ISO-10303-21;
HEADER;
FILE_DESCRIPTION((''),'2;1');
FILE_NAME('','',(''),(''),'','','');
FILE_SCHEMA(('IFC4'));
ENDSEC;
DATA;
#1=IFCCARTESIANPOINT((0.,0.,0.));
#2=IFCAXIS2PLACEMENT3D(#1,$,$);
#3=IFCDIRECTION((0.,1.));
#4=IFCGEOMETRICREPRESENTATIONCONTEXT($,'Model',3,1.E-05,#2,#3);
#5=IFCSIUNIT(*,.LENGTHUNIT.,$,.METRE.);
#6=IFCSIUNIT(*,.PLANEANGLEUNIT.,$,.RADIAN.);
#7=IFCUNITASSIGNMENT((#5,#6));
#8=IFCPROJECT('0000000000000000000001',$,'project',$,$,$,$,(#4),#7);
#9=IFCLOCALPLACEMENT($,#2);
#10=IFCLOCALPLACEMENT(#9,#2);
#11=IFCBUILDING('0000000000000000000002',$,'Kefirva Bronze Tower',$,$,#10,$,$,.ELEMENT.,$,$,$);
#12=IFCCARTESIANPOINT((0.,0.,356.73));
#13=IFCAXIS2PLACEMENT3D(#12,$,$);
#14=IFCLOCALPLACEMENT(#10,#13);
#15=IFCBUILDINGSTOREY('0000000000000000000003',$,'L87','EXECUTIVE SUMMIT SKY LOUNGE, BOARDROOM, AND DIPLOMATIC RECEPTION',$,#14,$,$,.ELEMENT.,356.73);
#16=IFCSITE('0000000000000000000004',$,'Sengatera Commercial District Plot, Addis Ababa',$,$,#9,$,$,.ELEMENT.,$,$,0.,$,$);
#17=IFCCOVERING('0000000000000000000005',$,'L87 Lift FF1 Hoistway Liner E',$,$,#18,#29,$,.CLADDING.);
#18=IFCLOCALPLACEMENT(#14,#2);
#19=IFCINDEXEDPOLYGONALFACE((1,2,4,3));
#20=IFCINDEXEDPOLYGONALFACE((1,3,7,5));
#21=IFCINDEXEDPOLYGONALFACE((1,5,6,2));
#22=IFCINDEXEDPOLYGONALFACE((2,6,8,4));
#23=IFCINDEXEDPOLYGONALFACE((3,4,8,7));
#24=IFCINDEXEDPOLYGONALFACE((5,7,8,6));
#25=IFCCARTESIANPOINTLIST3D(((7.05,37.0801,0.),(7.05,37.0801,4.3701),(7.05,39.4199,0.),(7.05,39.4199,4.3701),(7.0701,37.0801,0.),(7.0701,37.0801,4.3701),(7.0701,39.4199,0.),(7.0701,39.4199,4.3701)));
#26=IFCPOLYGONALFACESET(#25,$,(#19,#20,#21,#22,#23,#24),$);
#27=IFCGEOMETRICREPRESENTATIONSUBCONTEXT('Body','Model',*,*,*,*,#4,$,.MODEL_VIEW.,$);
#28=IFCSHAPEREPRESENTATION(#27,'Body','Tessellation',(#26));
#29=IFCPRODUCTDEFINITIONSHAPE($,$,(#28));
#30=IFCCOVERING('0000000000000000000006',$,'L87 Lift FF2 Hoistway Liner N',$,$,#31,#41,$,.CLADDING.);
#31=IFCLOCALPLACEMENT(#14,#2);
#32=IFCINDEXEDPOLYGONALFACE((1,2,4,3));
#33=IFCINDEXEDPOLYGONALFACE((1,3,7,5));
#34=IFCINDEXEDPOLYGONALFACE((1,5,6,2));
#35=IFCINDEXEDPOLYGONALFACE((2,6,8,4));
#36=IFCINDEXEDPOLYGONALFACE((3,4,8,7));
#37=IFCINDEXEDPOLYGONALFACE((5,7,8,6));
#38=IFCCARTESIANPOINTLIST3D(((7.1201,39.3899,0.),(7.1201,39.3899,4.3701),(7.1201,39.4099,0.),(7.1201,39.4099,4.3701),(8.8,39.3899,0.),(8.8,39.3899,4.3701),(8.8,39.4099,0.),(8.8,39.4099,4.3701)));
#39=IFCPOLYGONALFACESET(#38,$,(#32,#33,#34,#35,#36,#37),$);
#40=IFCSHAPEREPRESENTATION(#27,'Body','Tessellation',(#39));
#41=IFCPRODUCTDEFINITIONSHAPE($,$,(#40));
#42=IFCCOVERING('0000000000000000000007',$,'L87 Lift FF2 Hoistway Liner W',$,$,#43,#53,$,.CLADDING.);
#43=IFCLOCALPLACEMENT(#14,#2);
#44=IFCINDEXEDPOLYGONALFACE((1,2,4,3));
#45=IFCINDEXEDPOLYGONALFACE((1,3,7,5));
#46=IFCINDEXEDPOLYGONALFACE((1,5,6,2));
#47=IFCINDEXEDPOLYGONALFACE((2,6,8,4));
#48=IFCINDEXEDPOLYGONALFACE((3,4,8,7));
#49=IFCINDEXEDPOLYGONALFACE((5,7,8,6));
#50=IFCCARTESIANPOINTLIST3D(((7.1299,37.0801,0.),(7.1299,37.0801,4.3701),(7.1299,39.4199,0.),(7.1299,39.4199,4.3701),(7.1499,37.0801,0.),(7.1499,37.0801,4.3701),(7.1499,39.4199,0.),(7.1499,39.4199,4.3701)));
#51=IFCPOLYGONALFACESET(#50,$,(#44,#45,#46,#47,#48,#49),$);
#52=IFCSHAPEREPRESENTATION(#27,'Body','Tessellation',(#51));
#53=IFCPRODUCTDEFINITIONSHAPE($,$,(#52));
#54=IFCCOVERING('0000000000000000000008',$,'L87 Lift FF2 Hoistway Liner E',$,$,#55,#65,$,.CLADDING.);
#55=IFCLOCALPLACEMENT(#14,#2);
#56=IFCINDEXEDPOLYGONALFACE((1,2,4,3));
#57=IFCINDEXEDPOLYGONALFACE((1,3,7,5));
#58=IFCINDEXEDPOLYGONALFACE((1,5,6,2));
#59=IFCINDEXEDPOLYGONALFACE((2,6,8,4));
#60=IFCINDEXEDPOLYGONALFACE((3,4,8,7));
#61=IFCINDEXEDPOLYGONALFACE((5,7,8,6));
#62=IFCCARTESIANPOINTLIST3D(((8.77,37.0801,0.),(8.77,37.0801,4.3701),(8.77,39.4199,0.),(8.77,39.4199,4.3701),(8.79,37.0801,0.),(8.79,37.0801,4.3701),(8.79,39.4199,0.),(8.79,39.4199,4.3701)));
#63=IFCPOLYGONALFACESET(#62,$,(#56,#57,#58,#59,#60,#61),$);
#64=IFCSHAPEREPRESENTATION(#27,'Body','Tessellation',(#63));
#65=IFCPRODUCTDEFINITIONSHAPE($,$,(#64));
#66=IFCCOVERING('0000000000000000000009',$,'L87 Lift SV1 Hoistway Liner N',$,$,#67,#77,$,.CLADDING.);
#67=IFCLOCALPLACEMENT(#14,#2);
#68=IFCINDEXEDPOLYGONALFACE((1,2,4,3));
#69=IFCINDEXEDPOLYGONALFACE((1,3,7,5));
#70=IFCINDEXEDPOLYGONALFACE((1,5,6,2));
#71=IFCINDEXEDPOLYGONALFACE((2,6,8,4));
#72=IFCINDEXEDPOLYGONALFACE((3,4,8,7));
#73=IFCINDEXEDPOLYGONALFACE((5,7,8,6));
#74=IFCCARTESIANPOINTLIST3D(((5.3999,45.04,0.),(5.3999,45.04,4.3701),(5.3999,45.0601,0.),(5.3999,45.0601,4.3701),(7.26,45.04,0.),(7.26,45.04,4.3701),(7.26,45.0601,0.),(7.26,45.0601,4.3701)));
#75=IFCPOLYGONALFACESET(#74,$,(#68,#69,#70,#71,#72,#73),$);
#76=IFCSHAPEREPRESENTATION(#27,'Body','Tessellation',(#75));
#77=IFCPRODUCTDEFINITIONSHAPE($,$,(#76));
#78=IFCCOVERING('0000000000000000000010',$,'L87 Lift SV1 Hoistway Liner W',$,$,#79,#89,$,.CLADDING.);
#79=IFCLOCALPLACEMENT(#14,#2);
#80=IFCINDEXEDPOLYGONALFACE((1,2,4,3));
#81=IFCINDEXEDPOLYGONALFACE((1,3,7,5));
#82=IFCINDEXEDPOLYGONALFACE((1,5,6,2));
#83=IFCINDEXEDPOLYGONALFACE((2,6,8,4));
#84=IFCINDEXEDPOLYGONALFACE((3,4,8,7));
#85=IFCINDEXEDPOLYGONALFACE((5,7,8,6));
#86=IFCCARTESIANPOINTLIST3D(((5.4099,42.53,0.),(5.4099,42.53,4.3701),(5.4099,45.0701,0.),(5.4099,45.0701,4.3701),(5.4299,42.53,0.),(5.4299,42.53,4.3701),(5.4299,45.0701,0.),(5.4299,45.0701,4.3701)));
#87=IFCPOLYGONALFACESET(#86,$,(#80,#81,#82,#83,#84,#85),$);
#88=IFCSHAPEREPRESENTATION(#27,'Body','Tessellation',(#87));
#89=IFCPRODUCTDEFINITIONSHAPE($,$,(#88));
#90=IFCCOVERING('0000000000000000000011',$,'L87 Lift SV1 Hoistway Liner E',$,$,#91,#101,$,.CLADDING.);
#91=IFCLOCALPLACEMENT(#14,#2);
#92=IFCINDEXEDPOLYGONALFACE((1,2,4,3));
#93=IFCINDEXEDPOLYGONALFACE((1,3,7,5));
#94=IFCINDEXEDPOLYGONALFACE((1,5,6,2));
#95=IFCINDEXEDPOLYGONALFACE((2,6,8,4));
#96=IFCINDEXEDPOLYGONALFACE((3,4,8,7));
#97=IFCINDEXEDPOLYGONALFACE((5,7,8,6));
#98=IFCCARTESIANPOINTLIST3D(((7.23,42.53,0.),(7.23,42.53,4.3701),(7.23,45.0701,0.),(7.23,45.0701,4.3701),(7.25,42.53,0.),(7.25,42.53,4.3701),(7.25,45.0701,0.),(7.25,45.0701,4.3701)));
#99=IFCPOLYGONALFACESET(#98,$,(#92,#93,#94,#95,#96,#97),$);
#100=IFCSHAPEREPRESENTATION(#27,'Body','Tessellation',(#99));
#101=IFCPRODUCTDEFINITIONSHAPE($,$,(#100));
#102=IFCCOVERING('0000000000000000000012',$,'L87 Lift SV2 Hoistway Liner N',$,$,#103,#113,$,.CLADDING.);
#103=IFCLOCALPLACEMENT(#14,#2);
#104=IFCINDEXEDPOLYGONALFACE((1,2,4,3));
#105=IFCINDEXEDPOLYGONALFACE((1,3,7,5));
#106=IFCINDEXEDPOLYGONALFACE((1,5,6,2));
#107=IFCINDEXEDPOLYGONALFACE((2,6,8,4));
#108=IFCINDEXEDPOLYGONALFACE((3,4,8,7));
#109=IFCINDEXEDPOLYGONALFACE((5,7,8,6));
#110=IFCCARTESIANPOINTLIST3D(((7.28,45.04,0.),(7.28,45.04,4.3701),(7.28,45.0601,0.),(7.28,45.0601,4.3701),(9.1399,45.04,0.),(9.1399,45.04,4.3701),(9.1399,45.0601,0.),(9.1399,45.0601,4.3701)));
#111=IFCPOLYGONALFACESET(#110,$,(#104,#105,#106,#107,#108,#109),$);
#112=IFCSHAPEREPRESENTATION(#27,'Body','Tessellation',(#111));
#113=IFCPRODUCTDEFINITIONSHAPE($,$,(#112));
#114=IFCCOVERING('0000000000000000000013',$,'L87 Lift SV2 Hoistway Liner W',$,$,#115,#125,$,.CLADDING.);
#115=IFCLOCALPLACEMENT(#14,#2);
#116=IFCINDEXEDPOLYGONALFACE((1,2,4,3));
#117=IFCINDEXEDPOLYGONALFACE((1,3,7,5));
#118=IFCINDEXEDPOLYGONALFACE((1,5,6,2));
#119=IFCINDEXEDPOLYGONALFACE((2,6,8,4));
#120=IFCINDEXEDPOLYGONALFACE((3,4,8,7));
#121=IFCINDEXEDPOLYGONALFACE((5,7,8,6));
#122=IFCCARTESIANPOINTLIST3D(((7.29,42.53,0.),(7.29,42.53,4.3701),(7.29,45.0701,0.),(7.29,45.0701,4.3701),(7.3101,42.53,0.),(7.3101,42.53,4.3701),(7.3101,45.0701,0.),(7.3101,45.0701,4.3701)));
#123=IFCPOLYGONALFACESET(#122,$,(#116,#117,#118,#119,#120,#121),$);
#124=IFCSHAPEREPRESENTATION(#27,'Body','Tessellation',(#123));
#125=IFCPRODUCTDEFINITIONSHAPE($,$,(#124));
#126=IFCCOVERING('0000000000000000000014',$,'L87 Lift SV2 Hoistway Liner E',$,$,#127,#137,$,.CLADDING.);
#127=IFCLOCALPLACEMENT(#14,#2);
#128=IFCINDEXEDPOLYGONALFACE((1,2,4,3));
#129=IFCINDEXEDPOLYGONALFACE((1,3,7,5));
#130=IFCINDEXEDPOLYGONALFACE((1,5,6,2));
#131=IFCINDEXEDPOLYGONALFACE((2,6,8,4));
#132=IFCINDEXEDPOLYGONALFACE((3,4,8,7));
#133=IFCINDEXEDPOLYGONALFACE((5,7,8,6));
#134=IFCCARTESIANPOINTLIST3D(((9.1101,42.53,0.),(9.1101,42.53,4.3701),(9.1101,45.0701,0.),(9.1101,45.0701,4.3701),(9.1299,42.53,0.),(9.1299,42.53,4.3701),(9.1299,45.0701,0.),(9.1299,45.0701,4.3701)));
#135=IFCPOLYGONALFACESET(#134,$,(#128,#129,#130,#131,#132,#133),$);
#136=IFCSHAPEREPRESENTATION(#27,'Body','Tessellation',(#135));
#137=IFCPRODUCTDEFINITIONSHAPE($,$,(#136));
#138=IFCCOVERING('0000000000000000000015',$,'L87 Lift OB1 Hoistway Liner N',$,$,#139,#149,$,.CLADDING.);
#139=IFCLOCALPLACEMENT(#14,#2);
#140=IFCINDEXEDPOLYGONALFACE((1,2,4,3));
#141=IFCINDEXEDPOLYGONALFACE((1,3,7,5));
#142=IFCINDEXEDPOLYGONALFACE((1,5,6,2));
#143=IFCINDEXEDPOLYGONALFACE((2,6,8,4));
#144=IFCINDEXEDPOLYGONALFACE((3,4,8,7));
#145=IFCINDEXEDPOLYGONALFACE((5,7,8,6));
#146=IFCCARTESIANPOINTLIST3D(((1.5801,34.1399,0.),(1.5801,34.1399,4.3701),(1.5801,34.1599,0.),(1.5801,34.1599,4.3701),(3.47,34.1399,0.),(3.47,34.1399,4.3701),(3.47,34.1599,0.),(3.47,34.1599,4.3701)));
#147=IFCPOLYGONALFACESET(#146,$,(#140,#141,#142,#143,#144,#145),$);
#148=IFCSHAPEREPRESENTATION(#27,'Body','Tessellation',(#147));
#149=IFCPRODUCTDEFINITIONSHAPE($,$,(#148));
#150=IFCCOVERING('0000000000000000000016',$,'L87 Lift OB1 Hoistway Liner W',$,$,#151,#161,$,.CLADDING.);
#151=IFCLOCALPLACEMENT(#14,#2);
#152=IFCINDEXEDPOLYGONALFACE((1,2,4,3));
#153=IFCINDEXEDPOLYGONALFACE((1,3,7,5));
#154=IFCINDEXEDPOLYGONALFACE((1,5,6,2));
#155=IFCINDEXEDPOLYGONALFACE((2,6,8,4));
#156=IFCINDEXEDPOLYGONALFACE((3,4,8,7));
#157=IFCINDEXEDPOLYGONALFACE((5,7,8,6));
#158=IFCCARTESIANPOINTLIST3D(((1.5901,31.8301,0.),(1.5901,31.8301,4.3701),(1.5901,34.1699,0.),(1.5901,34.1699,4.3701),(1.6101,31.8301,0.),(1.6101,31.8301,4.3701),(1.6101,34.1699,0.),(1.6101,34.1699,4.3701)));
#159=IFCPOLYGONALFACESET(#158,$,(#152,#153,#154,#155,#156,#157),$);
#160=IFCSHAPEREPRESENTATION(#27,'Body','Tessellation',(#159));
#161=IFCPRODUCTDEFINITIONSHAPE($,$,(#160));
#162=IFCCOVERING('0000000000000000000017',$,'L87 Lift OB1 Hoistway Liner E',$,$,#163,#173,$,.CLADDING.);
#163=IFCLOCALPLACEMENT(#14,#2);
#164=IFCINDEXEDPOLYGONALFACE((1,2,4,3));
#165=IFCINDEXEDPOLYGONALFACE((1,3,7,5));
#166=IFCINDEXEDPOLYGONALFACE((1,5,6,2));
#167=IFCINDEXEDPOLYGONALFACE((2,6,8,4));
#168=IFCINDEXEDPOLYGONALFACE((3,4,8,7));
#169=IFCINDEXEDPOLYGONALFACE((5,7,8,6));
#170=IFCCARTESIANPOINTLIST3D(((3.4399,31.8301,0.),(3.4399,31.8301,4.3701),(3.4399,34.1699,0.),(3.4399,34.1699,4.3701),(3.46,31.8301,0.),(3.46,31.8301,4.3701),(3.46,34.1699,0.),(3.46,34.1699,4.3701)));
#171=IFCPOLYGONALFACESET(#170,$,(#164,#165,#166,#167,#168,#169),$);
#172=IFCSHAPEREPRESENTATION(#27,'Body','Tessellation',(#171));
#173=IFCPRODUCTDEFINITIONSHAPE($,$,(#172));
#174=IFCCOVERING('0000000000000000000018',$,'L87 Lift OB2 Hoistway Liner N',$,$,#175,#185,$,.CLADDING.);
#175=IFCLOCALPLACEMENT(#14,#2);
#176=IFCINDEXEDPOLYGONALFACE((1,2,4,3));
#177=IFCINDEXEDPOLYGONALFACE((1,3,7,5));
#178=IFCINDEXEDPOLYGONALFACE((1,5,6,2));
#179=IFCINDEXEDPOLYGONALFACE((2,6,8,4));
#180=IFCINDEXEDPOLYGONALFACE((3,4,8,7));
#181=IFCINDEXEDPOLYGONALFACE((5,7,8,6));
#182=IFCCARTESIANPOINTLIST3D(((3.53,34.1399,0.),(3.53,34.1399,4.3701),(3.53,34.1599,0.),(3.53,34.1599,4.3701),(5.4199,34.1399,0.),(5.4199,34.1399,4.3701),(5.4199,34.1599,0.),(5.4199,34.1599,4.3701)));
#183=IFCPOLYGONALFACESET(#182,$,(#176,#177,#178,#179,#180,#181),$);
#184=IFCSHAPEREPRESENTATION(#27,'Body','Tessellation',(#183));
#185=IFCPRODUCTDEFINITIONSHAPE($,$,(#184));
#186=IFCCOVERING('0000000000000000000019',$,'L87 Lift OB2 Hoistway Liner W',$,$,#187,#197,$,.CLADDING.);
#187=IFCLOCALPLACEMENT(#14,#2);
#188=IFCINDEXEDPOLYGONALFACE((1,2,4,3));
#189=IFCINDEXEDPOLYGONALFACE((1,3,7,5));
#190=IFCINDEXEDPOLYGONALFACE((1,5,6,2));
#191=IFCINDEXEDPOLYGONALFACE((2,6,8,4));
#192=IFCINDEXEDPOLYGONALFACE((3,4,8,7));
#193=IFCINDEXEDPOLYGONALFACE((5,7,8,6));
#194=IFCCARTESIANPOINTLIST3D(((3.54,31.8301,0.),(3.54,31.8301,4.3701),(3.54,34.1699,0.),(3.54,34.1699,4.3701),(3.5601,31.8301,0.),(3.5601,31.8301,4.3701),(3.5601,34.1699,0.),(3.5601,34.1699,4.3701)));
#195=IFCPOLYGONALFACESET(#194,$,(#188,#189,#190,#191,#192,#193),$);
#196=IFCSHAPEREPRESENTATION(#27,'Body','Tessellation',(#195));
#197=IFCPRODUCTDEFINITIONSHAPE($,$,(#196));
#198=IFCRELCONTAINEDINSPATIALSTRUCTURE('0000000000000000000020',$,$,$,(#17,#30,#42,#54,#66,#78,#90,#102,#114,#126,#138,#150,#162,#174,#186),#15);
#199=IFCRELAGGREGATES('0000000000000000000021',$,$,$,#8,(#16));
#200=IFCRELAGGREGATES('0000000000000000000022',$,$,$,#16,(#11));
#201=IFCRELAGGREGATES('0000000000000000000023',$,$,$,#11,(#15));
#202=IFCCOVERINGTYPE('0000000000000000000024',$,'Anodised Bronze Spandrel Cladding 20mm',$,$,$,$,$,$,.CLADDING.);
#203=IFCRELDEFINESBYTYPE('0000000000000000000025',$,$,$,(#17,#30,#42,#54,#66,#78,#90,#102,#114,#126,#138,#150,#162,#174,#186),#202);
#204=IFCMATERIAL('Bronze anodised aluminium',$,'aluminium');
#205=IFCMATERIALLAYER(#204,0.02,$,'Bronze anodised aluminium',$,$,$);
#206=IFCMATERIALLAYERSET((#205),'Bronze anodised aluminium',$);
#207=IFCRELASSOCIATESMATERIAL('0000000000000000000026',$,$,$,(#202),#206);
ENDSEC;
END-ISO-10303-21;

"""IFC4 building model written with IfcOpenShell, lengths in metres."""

from ifc_helpers import new_model, si_unit, direction, frame, origin, place, context, subcontext, project, spatial, polyline, outline, extrude, material, layer, layer_set, type_object, element, save


model = new_model("IFC4")

# Units and contexts
model_context = context("Model", 3, precision=1e-05, world=origin(), true_north=direction((0.0, 1.0)))
body_context = subcontext(model_context, "Body", "Model", "MODEL_VIEW")
ifc_project = project(units=[si_unit("LENGTHUNIT", "METRE"), si_unit("PLANEANGLEUNIT", "RADIAN")], contexts=[model_context])

# Site, building, storey
site_placement = place(None, origin())
site = spatial("IfcSite", under=ifc_project, at=site_placement, Name="Sengatera Commercial District Plot, Addis Ababa", CompositionType="ELEMENT", RefElevation=0.0)
building_placement = place(site_placement, origin())
building = spatial("IfcBuilding", under=site, at=building_placement, Name="Kefirva Bronze Tower", CompositionType="ELEMENT")
storey_placement = place(building_placement, frame((0.0, 0.0, 356.73)))
storey = spatial("IfcBuildingStorey", under=building, at=storey_placement, Name="L87", Description="EXECUTIVE SUMMIT SKY LOUNGE, BOARDROOM, AND DIPLOMATIC RECEPTION", CompositionType="ELEMENT", Elevation=356.73)

# Coverings
ifc_material_1 = material(Name="Bronze anodised aluminium", Category="aluminium")
ifc_layer_1 = layer(ifc_material_1, 0.02, Name="Bronze anodised aluminium")
ifc_layer_set_1 = layer_set([ifc_layer_1], Name="Bronze anodised aluminium")
covering_type_1 = type_object("IfcCoveringType", Name="Anodised Bronze Spandrel Cladding 20mm", PredefinedType="CLADDING", material=ifc_layer_set_1)
covering_1_placement = place(storey_placement, origin())
element("IfcCovering", 1, at=covering_1_placement, inside=storey, type_object=covering_type_1, Name="L87 Lift FF1 Hoistway Liner E", PredefinedType="CLADDING", context=body_context, shape_type="SweptSolid", body=[
    extrude(outline(polyline([(7.05, 37.0801), (7.0701, 37.0801), (7.0701, 39.4199), (7.05, 39.4199), (7.05, 37.0801)])), origin(), (0.0, 0.0, 1.0), 4.3701),
])
covering_2_placement = place(storey_placement, origin())
element("IfcCovering", 2, at=covering_2_placement, inside=storey, type_object=covering_type_1, Name="L87 Lift FF2 Hoistway Liner N", PredefinedType="CLADDING", context=body_context, shape_type="SweptSolid", body=[
    extrude(outline(polyline([(7.1201, 39.3899), (8.8, 39.3899), (8.8, 39.4099), (7.1201, 39.4099), (7.1201, 39.3899)])), origin(), (0.0, 0.0, 1.0), 4.3701),
])
covering_3_placement = place(storey_placement, origin())
element("IfcCovering", 3, at=covering_3_placement, inside=storey, type_object=covering_type_1, Name="L87 Lift FF2 Hoistway Liner W", PredefinedType="CLADDING", context=body_context, shape_type="SweptSolid", body=[
    extrude(outline(polyline([(7.1299, 37.0801), (7.1499, 37.0801), (7.1499, 39.4199), (7.1299, 39.4199), (7.1299, 37.0801)])), origin(), (0.0, 0.0, 1.0), 4.3701),
])
covering_4_placement = place(storey_placement, origin())
element("IfcCovering", 4, at=covering_4_placement, inside=storey, type_object=covering_type_1, Name="L87 Lift FF2 Hoistway Liner E", PredefinedType="CLADDING", context=body_context, shape_type="SweptSolid", body=[
    extrude(outline(polyline([(8.77, 37.0801), (8.79, 37.0801), (8.79, 39.4199), (8.77, 39.4199), (8.77, 37.0801)])), origin(), (0.0, 0.0, 1.0), 4.3701),
])
covering_5_placement = place(storey_placement, origin())
element("IfcCovering", 5, at=covering_5_placement, inside=storey, type_object=covering_type_1, Name="L87 Lift SV1 Hoistway Liner N", PredefinedType="CLADDING", context=body_context, shape_type="SweptSolid", body=[
    extrude(outline(polyline([(5.3999, 45.04), (7.26, 45.04), (7.26, 45.0601), (5.3999, 45.0601), (5.3999, 45.04)])), origin(), (0.0, 0.0, 1.0), 4.3701),
])
covering_6_placement = place(storey_placement, origin())
element("IfcCovering", 6, at=covering_6_placement, inside=storey, type_object=covering_type_1, Name="L87 Lift SV1 Hoistway Liner W", PredefinedType="CLADDING", context=body_context, shape_type="SweptSolid", body=[
    extrude(outline(polyline([(5.4099, 42.53), (5.4299, 42.53), (5.4299, 45.0701), (5.4099, 45.0701), (5.4099, 42.53)])), origin(), (0.0, 0.0, 1.0), 4.3701),
])
covering_7_placement = place(storey_placement, origin())
element("IfcCovering", 7, at=covering_7_placement, inside=storey, type_object=covering_type_1, Name="L87 Lift SV1 Hoistway Liner E", PredefinedType="CLADDING", context=body_context, shape_type="SweptSolid", body=[
    extrude(outline(polyline([(7.23, 42.53), (7.25, 42.53), (7.25, 45.0701), (7.23, 45.0701), (7.23, 42.53)])), origin(), (0.0, 0.0, 1.0), 4.3701),
])
covering_8_placement = place(storey_placement, origin())
element("IfcCovering", 8, at=covering_8_placement, inside=storey, type_object=covering_type_1, Name="L87 Lift SV2 Hoistway Liner N", PredefinedType="CLADDING", context=body_context, shape_type="SweptSolid", body=[
    extrude(outline(polyline([(7.28, 45.04), (9.1399, 45.04), (9.1399, 45.0601), (7.28, 45.0601), (7.28, 45.04)])), origin(), (0.0, 0.0, 1.0), 4.3701),
])
covering_9_placement = place(storey_placement, origin())
element("IfcCovering", 9, at=covering_9_placement, inside=storey, type_object=covering_type_1, Name="L87 Lift SV2 Hoistway Liner W", PredefinedType="CLADDING", context=body_context, shape_type="SweptSolid", body=[
    extrude(outline(polyline([(7.29, 42.53), (7.3101, 42.53), (7.3101, 45.0701), (7.29, 45.0701), (7.29, 42.53)])), origin(), (0.0, 0.0, 1.0), 4.3701),
])
covering_10_placement = place(storey_placement, origin())
element("IfcCovering", 10, at=covering_10_placement, inside=storey, type_object=covering_type_1, Name="L87 Lift SV2 Hoistway Liner E", PredefinedType="CLADDING", context=body_context, shape_type="SweptSolid", body=[
    extrude(outline(polyline([(9.1101, 42.53), (9.1299, 42.53), (9.1299, 45.0701), (9.1101, 45.0701), (9.1101, 42.53)])), origin(), (0.0, 0.0, 1.0), 4.3701),
])
covering_11_placement = place(storey_placement, origin())
element("IfcCovering", 11, at=covering_11_placement, inside=storey, type_object=covering_type_1, Name="L87 Lift OB1 Hoistway Liner N", PredefinedType="CLADDING", context=body_context, shape_type="SweptSolid", body=[
    extrude(outline(polyline([(1.5801, 34.1399), (3.47, 34.1399), (3.47, 34.1599), (1.5801, 34.1599), (1.5801, 34.1399)])), origin(), (0.0, 0.0, 1.0), 4.3701),
])
covering_12_placement = place(storey_placement, origin())
element("IfcCovering", 12, at=covering_12_placement, inside=storey, type_object=covering_type_1, Name="L87 Lift OB1 Hoistway Liner W", PredefinedType="CLADDING", context=body_context, shape_type="SweptSolid", body=[
    extrude(outline(polyline([(1.5901, 31.8301), (1.6101, 31.8301), (1.6101, 34.1699), (1.5901, 34.1699), (1.5901, 31.8301)])), origin(), (0.0, 0.0, 1.0), 4.3701),
])
covering_13_placement = place(storey_placement, origin())
element("IfcCovering", 13, at=covering_13_placement, inside=storey, type_object=covering_type_1, Name="L87 Lift OB1 Hoistway Liner E", PredefinedType="CLADDING", context=body_context, shape_type="SweptSolid", body=[
    extrude(outline(polyline([(3.4399, 31.8301), (3.46, 31.8301), (3.46, 34.1699), (3.4399, 34.1699), (3.4399, 31.8301)])), origin(), (0.0, 0.0, 1.0), 4.3701),
])
covering_14_placement = place(storey_placement, origin())
element("IfcCovering", 14, at=covering_14_placement, inside=storey, type_object=covering_type_1, Name="L87 Lift OB2 Hoistway Liner N", PredefinedType="CLADDING", context=body_context, shape_type="SweptSolid", body=[
    extrude(outline(polyline([(3.53, 34.1399), (5.4199, 34.1399), (5.4199, 34.1599), (3.53, 34.1599), (3.53, 34.1399)])), origin(), (0.0, 0.0, 1.0), 4.3701),
])
covering_15_placement = place(storey_placement, origin())
element("IfcCovering", 15, at=covering_15_placement, inside=storey, type_object=covering_type_1, Name="L87 Lift OB2 Hoistway Liner W", PredefinedType="CLADDING", context=body_context, shape_type="SweptSolid", body=[
    extrude(outline(polyline([(3.54, 31.8301), (3.5601, 31.8301), (3.5601, 34.1699), (3.54, 34.1699), (3.54, 31.8301)])), origin(), (0.0, 0.0, 1.0), 4.3701),
])

save(model, "model.ifc")
